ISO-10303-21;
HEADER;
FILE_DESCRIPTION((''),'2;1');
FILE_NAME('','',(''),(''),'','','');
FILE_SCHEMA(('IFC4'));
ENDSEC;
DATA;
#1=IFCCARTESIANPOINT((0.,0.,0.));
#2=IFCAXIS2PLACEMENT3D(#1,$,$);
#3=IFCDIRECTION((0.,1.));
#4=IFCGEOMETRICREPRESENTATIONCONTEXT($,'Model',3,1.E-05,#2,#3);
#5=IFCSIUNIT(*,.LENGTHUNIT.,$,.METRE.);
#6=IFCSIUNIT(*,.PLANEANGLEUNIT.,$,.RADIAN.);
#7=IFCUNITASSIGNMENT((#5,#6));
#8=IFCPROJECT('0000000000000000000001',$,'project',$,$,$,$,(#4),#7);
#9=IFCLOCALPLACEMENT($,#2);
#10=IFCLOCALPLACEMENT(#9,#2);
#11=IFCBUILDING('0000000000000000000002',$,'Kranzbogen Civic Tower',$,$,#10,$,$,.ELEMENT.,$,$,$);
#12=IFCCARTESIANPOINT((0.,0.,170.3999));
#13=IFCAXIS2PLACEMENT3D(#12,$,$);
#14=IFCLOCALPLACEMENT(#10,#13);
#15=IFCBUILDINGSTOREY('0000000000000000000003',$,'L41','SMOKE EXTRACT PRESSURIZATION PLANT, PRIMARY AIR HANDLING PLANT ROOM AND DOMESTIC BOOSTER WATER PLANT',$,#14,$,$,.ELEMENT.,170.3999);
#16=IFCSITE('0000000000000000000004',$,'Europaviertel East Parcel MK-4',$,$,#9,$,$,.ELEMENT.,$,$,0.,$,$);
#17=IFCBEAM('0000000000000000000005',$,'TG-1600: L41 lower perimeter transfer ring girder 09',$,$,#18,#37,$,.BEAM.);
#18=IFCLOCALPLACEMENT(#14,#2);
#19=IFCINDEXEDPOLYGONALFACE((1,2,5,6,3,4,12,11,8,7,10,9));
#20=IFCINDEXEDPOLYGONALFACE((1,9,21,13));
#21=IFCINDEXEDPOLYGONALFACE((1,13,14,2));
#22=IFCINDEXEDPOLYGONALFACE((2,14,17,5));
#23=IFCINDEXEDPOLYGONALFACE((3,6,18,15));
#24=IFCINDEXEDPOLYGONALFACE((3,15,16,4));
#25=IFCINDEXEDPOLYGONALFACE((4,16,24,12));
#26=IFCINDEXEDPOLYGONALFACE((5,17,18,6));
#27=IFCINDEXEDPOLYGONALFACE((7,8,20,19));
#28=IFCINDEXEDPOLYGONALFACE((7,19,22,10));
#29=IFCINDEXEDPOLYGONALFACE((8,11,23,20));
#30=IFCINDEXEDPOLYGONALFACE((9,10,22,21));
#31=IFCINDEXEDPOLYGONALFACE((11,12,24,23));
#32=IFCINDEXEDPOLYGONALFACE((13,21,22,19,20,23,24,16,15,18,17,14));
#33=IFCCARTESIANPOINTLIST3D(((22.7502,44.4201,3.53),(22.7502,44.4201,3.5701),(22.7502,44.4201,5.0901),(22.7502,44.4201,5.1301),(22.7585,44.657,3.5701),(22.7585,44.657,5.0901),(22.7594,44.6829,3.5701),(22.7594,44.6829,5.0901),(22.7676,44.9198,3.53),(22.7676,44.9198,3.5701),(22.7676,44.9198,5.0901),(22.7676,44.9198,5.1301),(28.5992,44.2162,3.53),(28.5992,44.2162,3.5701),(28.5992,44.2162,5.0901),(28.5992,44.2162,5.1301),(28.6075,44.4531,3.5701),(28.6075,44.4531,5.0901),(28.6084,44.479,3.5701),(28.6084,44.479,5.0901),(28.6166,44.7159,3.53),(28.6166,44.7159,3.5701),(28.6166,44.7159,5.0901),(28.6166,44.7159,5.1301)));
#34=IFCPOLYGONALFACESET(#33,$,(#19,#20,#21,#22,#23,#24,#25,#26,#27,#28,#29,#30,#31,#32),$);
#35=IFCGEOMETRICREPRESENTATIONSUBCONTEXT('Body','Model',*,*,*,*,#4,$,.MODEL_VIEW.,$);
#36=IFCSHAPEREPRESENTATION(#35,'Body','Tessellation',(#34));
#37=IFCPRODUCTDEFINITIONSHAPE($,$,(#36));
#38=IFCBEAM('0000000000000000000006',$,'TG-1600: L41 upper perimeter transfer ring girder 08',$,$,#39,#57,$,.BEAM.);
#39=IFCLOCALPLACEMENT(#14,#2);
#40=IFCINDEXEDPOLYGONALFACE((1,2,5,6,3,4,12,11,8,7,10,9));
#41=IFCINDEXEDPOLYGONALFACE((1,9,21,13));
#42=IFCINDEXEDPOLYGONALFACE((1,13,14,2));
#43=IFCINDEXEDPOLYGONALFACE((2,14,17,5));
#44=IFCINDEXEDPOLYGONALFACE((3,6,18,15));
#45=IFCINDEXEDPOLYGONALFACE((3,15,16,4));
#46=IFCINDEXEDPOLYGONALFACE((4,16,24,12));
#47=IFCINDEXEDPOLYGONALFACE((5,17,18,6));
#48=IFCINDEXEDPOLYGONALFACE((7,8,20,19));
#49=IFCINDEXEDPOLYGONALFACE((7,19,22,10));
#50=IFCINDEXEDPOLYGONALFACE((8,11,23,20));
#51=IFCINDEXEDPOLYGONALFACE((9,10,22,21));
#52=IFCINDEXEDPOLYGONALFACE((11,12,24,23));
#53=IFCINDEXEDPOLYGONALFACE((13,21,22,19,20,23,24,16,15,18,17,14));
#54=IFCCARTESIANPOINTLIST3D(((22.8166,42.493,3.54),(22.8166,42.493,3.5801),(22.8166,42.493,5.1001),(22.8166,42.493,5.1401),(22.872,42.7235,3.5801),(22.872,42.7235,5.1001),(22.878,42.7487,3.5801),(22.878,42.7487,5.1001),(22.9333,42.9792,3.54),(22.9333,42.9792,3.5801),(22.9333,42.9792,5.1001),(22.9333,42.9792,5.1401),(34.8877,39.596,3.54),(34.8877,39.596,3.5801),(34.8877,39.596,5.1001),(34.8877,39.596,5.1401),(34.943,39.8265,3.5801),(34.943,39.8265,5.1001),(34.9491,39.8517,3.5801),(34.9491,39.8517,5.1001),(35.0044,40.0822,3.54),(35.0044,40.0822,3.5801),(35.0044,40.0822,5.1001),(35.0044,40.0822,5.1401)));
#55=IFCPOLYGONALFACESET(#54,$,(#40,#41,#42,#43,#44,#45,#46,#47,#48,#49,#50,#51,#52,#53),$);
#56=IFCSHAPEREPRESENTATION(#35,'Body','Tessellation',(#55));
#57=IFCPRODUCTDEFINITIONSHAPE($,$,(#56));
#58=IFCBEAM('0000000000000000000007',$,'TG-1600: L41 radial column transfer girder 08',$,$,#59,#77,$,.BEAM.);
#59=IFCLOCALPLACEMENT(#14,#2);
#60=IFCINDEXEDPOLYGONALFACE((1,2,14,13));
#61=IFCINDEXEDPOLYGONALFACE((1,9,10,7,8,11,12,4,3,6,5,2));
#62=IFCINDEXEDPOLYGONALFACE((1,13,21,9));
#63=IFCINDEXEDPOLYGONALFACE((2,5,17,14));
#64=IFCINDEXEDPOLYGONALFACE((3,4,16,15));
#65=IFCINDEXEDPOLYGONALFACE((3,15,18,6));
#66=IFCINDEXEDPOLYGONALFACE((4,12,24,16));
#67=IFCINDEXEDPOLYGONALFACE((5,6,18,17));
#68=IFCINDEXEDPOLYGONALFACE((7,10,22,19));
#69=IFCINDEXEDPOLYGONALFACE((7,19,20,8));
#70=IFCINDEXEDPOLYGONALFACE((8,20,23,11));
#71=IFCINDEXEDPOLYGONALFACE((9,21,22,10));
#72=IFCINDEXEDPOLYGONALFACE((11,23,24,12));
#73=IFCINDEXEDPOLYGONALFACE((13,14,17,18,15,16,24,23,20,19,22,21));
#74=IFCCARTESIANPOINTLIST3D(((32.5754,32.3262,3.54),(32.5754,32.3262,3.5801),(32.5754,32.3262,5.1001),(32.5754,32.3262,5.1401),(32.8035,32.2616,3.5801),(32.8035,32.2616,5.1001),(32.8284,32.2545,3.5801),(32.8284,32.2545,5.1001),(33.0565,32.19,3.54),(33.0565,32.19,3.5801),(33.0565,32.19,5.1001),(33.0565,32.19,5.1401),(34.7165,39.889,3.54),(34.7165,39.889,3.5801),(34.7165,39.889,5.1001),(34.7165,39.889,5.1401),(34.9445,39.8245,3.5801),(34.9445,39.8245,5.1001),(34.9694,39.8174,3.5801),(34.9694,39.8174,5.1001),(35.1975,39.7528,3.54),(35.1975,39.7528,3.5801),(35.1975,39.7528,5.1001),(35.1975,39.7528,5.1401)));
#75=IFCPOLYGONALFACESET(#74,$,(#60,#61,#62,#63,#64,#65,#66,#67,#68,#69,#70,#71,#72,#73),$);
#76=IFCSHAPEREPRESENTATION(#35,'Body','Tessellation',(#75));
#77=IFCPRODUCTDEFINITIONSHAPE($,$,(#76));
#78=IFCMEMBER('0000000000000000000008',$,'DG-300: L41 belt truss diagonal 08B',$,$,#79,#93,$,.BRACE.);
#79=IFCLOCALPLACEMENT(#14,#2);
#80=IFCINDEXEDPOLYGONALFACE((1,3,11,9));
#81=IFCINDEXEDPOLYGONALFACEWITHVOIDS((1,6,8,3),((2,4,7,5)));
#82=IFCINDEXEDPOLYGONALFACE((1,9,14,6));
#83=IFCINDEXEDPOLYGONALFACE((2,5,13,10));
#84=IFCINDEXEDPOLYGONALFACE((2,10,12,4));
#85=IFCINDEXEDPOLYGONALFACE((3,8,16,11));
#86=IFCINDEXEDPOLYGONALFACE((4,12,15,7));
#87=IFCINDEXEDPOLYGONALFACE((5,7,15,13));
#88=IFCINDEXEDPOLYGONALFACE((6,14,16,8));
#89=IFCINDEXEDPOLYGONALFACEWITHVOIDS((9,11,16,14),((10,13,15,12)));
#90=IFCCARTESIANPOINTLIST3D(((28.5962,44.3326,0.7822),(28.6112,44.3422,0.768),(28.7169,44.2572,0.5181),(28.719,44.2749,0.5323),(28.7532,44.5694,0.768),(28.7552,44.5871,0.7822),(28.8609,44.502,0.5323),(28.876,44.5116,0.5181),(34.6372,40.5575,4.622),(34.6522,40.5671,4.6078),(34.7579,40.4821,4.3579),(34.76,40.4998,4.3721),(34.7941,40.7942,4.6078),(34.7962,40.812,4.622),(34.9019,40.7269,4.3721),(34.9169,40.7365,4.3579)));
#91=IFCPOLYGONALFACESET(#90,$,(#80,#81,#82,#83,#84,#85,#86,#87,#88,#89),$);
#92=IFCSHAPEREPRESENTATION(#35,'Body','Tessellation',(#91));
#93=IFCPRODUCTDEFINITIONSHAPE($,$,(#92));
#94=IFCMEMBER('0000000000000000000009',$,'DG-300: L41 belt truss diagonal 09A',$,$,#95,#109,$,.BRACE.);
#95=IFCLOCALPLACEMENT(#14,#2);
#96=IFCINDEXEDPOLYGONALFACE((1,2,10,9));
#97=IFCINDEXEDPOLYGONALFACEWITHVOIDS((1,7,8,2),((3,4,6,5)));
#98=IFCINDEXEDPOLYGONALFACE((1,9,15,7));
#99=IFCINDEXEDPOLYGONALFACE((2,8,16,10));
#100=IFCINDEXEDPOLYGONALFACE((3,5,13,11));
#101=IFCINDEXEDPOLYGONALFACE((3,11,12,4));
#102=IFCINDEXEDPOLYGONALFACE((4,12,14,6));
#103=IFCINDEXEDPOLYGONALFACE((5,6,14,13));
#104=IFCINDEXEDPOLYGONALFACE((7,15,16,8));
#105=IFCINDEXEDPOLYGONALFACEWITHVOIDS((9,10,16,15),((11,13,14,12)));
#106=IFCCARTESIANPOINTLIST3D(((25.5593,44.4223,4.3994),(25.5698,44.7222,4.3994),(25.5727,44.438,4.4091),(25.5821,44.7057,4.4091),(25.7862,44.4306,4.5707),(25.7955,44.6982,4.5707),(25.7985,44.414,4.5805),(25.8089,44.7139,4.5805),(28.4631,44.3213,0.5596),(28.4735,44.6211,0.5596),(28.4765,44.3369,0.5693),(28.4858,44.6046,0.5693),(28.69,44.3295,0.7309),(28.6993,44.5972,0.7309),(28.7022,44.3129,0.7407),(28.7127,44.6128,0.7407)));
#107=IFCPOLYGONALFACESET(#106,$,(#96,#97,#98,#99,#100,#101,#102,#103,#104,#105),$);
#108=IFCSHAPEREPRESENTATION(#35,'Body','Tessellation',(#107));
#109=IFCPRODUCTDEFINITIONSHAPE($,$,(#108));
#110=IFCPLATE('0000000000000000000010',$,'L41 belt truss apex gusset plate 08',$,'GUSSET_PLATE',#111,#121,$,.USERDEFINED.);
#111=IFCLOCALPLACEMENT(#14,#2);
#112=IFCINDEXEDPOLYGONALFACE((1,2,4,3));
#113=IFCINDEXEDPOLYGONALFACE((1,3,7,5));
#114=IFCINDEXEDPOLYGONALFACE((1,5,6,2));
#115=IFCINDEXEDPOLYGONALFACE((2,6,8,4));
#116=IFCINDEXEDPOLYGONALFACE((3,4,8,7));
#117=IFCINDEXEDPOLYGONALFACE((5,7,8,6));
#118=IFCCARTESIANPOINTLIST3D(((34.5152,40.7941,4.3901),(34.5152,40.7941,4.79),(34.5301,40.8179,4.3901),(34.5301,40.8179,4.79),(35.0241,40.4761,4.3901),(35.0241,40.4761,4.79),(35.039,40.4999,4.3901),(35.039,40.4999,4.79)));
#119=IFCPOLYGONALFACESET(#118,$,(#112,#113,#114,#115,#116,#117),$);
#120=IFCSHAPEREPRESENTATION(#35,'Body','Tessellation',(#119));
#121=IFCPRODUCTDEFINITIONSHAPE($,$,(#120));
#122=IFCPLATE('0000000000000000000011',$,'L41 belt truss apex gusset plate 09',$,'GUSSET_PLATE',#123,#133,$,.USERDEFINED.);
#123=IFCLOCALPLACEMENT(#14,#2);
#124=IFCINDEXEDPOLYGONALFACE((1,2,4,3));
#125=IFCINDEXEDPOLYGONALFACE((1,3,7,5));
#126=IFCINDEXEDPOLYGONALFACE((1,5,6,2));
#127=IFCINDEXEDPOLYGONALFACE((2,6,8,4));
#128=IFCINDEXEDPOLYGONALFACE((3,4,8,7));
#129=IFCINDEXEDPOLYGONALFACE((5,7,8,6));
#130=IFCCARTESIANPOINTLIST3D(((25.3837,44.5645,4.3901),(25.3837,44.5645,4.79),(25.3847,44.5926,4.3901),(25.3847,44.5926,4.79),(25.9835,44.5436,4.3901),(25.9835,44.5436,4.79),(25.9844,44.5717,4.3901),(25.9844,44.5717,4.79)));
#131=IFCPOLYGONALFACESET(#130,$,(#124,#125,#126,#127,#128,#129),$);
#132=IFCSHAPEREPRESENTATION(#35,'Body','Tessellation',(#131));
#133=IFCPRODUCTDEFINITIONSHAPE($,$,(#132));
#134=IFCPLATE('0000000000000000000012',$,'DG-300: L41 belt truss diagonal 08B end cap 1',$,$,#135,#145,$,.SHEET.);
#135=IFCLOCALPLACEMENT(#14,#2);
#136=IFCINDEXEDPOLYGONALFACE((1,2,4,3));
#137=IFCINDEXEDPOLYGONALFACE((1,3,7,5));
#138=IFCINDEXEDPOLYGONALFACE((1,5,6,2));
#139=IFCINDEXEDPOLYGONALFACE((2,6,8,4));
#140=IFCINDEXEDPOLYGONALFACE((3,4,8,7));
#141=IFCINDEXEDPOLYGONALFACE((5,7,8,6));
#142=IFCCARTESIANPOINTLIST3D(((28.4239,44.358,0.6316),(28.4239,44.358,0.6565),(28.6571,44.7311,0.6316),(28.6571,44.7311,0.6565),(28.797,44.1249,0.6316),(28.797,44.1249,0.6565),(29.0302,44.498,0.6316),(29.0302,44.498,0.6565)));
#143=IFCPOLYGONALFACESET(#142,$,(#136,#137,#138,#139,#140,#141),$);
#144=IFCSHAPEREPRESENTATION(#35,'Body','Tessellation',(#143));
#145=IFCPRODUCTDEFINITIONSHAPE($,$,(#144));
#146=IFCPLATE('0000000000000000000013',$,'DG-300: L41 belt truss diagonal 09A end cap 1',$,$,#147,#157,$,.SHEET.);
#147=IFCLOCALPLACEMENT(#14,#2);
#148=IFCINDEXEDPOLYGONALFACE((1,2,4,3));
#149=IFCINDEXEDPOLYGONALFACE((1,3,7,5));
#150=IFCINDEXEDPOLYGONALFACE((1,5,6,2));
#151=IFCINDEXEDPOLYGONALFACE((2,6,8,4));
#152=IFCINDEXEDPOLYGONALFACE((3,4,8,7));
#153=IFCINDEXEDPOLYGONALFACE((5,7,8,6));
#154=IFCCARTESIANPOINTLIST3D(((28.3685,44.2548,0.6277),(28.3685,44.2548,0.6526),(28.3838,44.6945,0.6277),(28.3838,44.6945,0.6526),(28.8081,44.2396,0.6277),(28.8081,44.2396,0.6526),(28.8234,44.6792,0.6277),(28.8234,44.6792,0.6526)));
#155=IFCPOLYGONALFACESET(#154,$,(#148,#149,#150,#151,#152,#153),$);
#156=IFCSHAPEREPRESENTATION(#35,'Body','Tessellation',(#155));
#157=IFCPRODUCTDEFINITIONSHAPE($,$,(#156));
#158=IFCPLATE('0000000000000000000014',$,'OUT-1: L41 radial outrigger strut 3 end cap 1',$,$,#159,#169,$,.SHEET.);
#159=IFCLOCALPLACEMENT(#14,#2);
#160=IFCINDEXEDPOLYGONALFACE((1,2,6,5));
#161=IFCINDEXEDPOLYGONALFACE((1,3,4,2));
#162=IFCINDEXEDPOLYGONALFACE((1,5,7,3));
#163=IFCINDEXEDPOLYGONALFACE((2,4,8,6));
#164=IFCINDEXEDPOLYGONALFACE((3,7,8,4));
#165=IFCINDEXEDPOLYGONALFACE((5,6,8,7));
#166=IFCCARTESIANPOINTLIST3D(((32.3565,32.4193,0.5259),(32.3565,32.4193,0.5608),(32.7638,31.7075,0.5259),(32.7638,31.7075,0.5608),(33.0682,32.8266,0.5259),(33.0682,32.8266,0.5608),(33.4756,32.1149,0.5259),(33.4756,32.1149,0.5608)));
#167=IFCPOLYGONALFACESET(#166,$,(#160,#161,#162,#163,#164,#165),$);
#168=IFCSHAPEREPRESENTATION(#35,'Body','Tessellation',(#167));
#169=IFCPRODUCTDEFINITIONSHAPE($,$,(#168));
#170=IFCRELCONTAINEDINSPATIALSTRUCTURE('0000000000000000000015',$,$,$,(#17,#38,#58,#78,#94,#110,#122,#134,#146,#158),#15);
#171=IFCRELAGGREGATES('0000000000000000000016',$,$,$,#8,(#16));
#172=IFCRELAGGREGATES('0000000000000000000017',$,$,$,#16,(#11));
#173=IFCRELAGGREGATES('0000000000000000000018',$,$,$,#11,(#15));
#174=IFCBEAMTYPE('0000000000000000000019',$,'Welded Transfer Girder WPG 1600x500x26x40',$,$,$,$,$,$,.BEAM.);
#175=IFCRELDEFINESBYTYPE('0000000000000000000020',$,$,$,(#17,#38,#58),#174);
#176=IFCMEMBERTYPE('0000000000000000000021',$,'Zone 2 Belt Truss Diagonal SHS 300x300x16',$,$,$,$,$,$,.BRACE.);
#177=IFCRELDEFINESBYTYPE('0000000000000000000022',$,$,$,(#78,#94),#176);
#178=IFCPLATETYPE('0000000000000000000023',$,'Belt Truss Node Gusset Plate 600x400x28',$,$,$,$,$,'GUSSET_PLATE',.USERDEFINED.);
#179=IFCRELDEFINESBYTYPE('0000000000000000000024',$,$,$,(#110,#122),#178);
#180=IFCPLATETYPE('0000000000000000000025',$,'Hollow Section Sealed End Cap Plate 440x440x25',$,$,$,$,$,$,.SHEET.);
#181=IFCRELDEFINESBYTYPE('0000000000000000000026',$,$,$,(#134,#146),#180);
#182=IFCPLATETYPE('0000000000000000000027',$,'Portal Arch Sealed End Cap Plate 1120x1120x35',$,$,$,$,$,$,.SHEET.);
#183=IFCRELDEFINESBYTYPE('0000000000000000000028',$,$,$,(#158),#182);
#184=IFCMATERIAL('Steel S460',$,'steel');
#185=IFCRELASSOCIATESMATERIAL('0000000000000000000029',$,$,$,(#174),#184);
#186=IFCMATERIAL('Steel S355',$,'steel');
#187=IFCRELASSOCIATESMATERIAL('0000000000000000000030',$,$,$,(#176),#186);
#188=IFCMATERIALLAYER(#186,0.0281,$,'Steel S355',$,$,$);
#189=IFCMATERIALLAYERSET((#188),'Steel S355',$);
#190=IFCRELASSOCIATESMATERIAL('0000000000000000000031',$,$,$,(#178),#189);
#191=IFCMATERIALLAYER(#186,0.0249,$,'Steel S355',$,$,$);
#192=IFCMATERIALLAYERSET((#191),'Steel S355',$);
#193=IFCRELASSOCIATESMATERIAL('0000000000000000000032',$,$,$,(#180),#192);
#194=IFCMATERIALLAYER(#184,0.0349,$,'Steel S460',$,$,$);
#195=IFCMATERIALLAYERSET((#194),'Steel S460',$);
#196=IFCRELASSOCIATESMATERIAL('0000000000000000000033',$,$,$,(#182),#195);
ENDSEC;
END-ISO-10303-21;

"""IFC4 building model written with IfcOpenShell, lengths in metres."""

from ifc_helpers import new_model, si_unit, direction, frame, origin, origin_2d, place, context, subcontext, project, spatial, rectangle, hollow_rectangle, i_section, extrude, material, layer, layer_set, material_profile, profile_set, type_object, element, save


model = new_model("IFC4")

# Units and contexts
model_context = context("Model", 3, precision=1e-05, world=origin(), true_north=direction((0.0, 1.0)))
body_context = subcontext(model_context, "Body", "Model", "MODEL_VIEW")
ifc_project = project(units=[si_unit("LENGTHUNIT", "METRE"), si_unit("PLANEANGLEUNIT", "RADIAN")], contexts=[model_context])

# Site, building, storey
site_placement = place(None, origin())
site = spatial("IfcSite", under=ifc_project, at=site_placement, Name="Europaviertel East Parcel MK-4", CompositionType="ELEMENT", RefElevation=0.0)
building_placement = place(site_placement, origin())
building = spatial("IfcBuilding", under=site, at=building_placement, Name="Kranzbogen Civic Tower", CompositionType="ELEMENT")
storey_placement = place(building_placement, frame((0.0, 0.0, 170.3999)))
storey = spatial("IfcBuildingStorey", under=building, at=storey_placement, Name="L41", Description="SMOKE EXTRACT PRESSURIZATION PLANT, PRIMARY AIR HANDLING PLANT ROOM AND DOMESTIC BOOSTER WATER PLANT", CompositionType="ELEMENT", Elevation=170.3999)

# Shared definitions
ifc_material_1 = material(Name="Steel S355", Category="steel")

# Shared definitions
ifc_material_2 = material(Name="Steel S460", Category="steel")

# Beams
ifc_material_profile_1 = material_profile(ifc_material_2, i_section(OverallWidth=0.5, OverallDepth=1.6001, WebThickness=0.0259, FlangeThickness=0.04, at=origin_2d()), Name="WPG 1600x500x26x40")
ifc_profile_set_1 = profile_set([ifc_material_profile_1], Name="Steel S460")
beam_type = type_object("IfcBeamType", Name="Welded Transfer Girder WPG 1600x500x26x40", PredefinedType="BEAM", material=ifc_profile_set_1)
beam_1_placement = place(storey_placement, frame((28.6079, 44.4661, 4.3301), z_axis=(-0.999393, 0.034833, 0.0), x_axis=(-0.034833, -0.999393, 0.0)))
element("IfcBeam", 1, at=beam_1_placement, inside=storey, type_object=beam_type, Name="TG-1600: L41 lower perimeter transfer ring girder 09", PredefinedType="BEAM", context=body_context, shape_type="SweptSolid", body=[
    extrude(i_section(OverallWidth=0.5, OverallDepth=1.6001, WebThickness=0.0259, FlangeThickness=0.04, at=origin_2d()), origin(), (0.0, 0.0, 1.0), 5.8525),
])
beam_2_placement = place(storey_placement, frame((34.946, 39.8391, 4.3401), z_axis=(-0.972389, 0.233367, 0.0), x_axis=(-0.233367, -0.972389, 0.0)))
element("IfcBeam", 2, at=beam_2_placement, inside=storey, type_object=beam_type, Name="TG-1600: L41 upper perimeter transfer ring girder 08", PredefinedType="BEAM", context=body_context, shape_type="SweptSolid", body=[
    extrude(i_section(OverallWidth=0.5, OverallDepth=1.6001, WebThickness=0.0259, FlangeThickness=0.04, at=origin_2d()), origin(), (0.0, 0.0, 1.0), 12.4138),
])
beam_3_placement = place(storey_placement, frame((32.8159, 32.2581, 4.3401), z_axis=(0.272398, 0.962185, 0.0), x_axis=(-0.962185, 0.272398, 0.0)))
element("IfcBeam", 3, at=beam_3_placement, inside=storey, type_object=beam_type, Name="TG-1600: L41 radial column transfer girder 08", PredefinedType="BEAM", context=body_context, shape_type="SweptSolid", body=[
    extrude(i_section(OverallWidth=0.5, OverallDepth=1.6001, WebThickness=0.0259, FlangeThickness=0.04, at=origin_2d()), origin(), (0.0, 0.0, 1.0), 7.8601),
])

# Members
ifc_material_profile_2 = material_profile(ifc_material_1, hollow_rectangle(XDim=0.3, YDim=0.3, WallThickness=0.0161, at=origin_2d()), Name="SHS 300x300x16")
ifc_profile_set_2 = profile_set([ifc_material_profile_2], Name="Steel S355")
member_type_1 = type_object("IfcMemberType", Name="Zone 2 Belt Truss Diagonal SHS 300x300x16", PredefinedType="BRACE", material=ifc_profile_set_2)
member_1_placement = place(storey_placement, frame((28.7361, 44.4221, 0.6501), z_axis=(0.746487, -0.466494, 0.474489), x_axis=(0.52995, 0.848029, 0.0)))
element("IfcMember", 4, at=member_1_placement, inside=storey, type_object=member_type_1, Name="DG-300: L41 belt truss diagonal 08B", PredefinedType="BRACE", context=body_context, shape_type="SweptSolid", body=[
    extrude(hollow_rectangle(XDim=0.3, YDim=0.3, WallThickness=0.0161, at=origin_2d()), origin(), (0.0, 0.0, 1.0), 8.0925),
])
member_2_placement = place(storey_placement, frame((28.5879, 44.467, 0.6501), z_axis=(-0.603043, 0.02099, 0.797432), x_axis=(-0.034786, -0.999395, 0.0)))
element("IfcMember", 5, at=member_2_placement, inside=storey, type_object=member_type_1, Name="DG-300: L41 belt truss diagonal 09A", PredefinedType="BRACE", context=body_context, shape_type="SweptSolid", body=[
    extrude(hollow_rectangle(XDim=0.3, YDim=0.3, WallThickness=0.0161, at=origin_2d()), origin(), (0.0, 0.0, 1.0), 4.8152),
])

# Plates
ifc_layer_1 = layer(ifc_material_1, 0.0281, Name="Steel S355")
ifc_layer_set_1 = layer_set([ifc_layer_1], Name="Steel S355")
plate_type_1 = type_object("IfcPlateType", Name="Belt Truss Node Gusset Plate 600x400x28", ElementType="GUSSET_PLATE", PredefinedType="USERDEFINED", material=ifc_layer_set_1)
for number, where, z_axis, x_axis, name in (
    (6, (34.7771, 40.647, 4.3901), (0.0, 0.0, 1.0), (-0.848039, 0.529934, 0.0), "L41 belt truss apex gusset plate 08"),
    (7, (25.6841, 44.5681, 4.3901), (0.0, 0.0, 1.0), (-0.999393, 0.03483, 0.0), "L41 belt truss apex gusset plate 09"),
):
    element("IfcPlate", number, at=place(storey_placement, frame(where, z_axis=z_axis, x_axis=x_axis)), inside=storey, type_object=plate_type_1, Name=name, ObjectType="GUSSET_PLATE", PredefinedType="USERDEFINED", context=body_context, shape_type="SweptSolid", body=[
        extrude(rectangle(XDim=0.6001, YDim=0.0281, at=origin_2d()), origin(), (0.0, 0.0, 1.0), 0.3999),
    ])
ifc_layer_2 = layer(ifc_material_1, 0.0249, Name="Steel S355")
ifc_layer_set_2 = layer_set([ifc_layer_2], Name="Steel S355")
plate_type_2 = type_object("IfcPlateType", Name="Hollow Section Sealed End Cap Plate 440x440x25", PredefinedType="SHEET", material=ifc_layer_set_2)
for number, where, z_axis, x_axis, name in (
    (8, (28.7271, 44.428, 0.6316), (0.0, 0.0, 1.0), (0.848039, -0.529934, 0.0), "DG-300: L41 belt truss diagonal 08B end cap 1"),
    (9, (28.5959, 44.467, 0.6277), (0.0, 0.0, 1.0), (-0.999396, 0.03476, 0.0), "DG-300: L41 belt truss diagonal 09A end cap 1"),
):
    element("IfcPlate", number, at=place(storey_placement, frame(where, z_axis=z_axis, x_axis=x_axis)), inside=storey, type_object=plate_type_2, Name=name, PredefinedType="SHEET", context=body_context, shape_type="SweptSolid", body=[
        extrude(rectangle(XDim=0.4399, YDim=0.4399, at=origin_2d()), origin(), (0.0, 0.0, 1.0), 0.0249),
    ])
ifc_layer_3 = layer(ifc_material_2, 0.0349, Name="Steel S460")
ifc_layer_set_3 = layer_set([ifc_layer_3], Name="Steel S460")
plate_type_3 = type_object("IfcPlateType", Name="Portal Arch Sealed End Cap Plate 1120x1120x35", PredefinedType="SHEET", material=ifc_layer_set_3)
plate_placement = place(storey_placement, frame((32.916, 32.2671, 0.5259), z_axis=(0.0, 0.0, 1.0), x_axis=(0.867913, 0.496716, 0.0)))
element("IfcPlate", 10, at=plate_placement, inside=storey, type_object=plate_type_3, Name="OUT-1: L41 radial outrigger strut 3 end cap 1", PredefinedType="SHEET", context=body_context, shape_type="SweptSolid", body=[
    extrude(rectangle(XDim=0.8201, YDim=0.8201, at=origin_2d()), origin(), (0.0, 0.0, 1.0), 0.0349),
])

save(model, "model.ifc")
